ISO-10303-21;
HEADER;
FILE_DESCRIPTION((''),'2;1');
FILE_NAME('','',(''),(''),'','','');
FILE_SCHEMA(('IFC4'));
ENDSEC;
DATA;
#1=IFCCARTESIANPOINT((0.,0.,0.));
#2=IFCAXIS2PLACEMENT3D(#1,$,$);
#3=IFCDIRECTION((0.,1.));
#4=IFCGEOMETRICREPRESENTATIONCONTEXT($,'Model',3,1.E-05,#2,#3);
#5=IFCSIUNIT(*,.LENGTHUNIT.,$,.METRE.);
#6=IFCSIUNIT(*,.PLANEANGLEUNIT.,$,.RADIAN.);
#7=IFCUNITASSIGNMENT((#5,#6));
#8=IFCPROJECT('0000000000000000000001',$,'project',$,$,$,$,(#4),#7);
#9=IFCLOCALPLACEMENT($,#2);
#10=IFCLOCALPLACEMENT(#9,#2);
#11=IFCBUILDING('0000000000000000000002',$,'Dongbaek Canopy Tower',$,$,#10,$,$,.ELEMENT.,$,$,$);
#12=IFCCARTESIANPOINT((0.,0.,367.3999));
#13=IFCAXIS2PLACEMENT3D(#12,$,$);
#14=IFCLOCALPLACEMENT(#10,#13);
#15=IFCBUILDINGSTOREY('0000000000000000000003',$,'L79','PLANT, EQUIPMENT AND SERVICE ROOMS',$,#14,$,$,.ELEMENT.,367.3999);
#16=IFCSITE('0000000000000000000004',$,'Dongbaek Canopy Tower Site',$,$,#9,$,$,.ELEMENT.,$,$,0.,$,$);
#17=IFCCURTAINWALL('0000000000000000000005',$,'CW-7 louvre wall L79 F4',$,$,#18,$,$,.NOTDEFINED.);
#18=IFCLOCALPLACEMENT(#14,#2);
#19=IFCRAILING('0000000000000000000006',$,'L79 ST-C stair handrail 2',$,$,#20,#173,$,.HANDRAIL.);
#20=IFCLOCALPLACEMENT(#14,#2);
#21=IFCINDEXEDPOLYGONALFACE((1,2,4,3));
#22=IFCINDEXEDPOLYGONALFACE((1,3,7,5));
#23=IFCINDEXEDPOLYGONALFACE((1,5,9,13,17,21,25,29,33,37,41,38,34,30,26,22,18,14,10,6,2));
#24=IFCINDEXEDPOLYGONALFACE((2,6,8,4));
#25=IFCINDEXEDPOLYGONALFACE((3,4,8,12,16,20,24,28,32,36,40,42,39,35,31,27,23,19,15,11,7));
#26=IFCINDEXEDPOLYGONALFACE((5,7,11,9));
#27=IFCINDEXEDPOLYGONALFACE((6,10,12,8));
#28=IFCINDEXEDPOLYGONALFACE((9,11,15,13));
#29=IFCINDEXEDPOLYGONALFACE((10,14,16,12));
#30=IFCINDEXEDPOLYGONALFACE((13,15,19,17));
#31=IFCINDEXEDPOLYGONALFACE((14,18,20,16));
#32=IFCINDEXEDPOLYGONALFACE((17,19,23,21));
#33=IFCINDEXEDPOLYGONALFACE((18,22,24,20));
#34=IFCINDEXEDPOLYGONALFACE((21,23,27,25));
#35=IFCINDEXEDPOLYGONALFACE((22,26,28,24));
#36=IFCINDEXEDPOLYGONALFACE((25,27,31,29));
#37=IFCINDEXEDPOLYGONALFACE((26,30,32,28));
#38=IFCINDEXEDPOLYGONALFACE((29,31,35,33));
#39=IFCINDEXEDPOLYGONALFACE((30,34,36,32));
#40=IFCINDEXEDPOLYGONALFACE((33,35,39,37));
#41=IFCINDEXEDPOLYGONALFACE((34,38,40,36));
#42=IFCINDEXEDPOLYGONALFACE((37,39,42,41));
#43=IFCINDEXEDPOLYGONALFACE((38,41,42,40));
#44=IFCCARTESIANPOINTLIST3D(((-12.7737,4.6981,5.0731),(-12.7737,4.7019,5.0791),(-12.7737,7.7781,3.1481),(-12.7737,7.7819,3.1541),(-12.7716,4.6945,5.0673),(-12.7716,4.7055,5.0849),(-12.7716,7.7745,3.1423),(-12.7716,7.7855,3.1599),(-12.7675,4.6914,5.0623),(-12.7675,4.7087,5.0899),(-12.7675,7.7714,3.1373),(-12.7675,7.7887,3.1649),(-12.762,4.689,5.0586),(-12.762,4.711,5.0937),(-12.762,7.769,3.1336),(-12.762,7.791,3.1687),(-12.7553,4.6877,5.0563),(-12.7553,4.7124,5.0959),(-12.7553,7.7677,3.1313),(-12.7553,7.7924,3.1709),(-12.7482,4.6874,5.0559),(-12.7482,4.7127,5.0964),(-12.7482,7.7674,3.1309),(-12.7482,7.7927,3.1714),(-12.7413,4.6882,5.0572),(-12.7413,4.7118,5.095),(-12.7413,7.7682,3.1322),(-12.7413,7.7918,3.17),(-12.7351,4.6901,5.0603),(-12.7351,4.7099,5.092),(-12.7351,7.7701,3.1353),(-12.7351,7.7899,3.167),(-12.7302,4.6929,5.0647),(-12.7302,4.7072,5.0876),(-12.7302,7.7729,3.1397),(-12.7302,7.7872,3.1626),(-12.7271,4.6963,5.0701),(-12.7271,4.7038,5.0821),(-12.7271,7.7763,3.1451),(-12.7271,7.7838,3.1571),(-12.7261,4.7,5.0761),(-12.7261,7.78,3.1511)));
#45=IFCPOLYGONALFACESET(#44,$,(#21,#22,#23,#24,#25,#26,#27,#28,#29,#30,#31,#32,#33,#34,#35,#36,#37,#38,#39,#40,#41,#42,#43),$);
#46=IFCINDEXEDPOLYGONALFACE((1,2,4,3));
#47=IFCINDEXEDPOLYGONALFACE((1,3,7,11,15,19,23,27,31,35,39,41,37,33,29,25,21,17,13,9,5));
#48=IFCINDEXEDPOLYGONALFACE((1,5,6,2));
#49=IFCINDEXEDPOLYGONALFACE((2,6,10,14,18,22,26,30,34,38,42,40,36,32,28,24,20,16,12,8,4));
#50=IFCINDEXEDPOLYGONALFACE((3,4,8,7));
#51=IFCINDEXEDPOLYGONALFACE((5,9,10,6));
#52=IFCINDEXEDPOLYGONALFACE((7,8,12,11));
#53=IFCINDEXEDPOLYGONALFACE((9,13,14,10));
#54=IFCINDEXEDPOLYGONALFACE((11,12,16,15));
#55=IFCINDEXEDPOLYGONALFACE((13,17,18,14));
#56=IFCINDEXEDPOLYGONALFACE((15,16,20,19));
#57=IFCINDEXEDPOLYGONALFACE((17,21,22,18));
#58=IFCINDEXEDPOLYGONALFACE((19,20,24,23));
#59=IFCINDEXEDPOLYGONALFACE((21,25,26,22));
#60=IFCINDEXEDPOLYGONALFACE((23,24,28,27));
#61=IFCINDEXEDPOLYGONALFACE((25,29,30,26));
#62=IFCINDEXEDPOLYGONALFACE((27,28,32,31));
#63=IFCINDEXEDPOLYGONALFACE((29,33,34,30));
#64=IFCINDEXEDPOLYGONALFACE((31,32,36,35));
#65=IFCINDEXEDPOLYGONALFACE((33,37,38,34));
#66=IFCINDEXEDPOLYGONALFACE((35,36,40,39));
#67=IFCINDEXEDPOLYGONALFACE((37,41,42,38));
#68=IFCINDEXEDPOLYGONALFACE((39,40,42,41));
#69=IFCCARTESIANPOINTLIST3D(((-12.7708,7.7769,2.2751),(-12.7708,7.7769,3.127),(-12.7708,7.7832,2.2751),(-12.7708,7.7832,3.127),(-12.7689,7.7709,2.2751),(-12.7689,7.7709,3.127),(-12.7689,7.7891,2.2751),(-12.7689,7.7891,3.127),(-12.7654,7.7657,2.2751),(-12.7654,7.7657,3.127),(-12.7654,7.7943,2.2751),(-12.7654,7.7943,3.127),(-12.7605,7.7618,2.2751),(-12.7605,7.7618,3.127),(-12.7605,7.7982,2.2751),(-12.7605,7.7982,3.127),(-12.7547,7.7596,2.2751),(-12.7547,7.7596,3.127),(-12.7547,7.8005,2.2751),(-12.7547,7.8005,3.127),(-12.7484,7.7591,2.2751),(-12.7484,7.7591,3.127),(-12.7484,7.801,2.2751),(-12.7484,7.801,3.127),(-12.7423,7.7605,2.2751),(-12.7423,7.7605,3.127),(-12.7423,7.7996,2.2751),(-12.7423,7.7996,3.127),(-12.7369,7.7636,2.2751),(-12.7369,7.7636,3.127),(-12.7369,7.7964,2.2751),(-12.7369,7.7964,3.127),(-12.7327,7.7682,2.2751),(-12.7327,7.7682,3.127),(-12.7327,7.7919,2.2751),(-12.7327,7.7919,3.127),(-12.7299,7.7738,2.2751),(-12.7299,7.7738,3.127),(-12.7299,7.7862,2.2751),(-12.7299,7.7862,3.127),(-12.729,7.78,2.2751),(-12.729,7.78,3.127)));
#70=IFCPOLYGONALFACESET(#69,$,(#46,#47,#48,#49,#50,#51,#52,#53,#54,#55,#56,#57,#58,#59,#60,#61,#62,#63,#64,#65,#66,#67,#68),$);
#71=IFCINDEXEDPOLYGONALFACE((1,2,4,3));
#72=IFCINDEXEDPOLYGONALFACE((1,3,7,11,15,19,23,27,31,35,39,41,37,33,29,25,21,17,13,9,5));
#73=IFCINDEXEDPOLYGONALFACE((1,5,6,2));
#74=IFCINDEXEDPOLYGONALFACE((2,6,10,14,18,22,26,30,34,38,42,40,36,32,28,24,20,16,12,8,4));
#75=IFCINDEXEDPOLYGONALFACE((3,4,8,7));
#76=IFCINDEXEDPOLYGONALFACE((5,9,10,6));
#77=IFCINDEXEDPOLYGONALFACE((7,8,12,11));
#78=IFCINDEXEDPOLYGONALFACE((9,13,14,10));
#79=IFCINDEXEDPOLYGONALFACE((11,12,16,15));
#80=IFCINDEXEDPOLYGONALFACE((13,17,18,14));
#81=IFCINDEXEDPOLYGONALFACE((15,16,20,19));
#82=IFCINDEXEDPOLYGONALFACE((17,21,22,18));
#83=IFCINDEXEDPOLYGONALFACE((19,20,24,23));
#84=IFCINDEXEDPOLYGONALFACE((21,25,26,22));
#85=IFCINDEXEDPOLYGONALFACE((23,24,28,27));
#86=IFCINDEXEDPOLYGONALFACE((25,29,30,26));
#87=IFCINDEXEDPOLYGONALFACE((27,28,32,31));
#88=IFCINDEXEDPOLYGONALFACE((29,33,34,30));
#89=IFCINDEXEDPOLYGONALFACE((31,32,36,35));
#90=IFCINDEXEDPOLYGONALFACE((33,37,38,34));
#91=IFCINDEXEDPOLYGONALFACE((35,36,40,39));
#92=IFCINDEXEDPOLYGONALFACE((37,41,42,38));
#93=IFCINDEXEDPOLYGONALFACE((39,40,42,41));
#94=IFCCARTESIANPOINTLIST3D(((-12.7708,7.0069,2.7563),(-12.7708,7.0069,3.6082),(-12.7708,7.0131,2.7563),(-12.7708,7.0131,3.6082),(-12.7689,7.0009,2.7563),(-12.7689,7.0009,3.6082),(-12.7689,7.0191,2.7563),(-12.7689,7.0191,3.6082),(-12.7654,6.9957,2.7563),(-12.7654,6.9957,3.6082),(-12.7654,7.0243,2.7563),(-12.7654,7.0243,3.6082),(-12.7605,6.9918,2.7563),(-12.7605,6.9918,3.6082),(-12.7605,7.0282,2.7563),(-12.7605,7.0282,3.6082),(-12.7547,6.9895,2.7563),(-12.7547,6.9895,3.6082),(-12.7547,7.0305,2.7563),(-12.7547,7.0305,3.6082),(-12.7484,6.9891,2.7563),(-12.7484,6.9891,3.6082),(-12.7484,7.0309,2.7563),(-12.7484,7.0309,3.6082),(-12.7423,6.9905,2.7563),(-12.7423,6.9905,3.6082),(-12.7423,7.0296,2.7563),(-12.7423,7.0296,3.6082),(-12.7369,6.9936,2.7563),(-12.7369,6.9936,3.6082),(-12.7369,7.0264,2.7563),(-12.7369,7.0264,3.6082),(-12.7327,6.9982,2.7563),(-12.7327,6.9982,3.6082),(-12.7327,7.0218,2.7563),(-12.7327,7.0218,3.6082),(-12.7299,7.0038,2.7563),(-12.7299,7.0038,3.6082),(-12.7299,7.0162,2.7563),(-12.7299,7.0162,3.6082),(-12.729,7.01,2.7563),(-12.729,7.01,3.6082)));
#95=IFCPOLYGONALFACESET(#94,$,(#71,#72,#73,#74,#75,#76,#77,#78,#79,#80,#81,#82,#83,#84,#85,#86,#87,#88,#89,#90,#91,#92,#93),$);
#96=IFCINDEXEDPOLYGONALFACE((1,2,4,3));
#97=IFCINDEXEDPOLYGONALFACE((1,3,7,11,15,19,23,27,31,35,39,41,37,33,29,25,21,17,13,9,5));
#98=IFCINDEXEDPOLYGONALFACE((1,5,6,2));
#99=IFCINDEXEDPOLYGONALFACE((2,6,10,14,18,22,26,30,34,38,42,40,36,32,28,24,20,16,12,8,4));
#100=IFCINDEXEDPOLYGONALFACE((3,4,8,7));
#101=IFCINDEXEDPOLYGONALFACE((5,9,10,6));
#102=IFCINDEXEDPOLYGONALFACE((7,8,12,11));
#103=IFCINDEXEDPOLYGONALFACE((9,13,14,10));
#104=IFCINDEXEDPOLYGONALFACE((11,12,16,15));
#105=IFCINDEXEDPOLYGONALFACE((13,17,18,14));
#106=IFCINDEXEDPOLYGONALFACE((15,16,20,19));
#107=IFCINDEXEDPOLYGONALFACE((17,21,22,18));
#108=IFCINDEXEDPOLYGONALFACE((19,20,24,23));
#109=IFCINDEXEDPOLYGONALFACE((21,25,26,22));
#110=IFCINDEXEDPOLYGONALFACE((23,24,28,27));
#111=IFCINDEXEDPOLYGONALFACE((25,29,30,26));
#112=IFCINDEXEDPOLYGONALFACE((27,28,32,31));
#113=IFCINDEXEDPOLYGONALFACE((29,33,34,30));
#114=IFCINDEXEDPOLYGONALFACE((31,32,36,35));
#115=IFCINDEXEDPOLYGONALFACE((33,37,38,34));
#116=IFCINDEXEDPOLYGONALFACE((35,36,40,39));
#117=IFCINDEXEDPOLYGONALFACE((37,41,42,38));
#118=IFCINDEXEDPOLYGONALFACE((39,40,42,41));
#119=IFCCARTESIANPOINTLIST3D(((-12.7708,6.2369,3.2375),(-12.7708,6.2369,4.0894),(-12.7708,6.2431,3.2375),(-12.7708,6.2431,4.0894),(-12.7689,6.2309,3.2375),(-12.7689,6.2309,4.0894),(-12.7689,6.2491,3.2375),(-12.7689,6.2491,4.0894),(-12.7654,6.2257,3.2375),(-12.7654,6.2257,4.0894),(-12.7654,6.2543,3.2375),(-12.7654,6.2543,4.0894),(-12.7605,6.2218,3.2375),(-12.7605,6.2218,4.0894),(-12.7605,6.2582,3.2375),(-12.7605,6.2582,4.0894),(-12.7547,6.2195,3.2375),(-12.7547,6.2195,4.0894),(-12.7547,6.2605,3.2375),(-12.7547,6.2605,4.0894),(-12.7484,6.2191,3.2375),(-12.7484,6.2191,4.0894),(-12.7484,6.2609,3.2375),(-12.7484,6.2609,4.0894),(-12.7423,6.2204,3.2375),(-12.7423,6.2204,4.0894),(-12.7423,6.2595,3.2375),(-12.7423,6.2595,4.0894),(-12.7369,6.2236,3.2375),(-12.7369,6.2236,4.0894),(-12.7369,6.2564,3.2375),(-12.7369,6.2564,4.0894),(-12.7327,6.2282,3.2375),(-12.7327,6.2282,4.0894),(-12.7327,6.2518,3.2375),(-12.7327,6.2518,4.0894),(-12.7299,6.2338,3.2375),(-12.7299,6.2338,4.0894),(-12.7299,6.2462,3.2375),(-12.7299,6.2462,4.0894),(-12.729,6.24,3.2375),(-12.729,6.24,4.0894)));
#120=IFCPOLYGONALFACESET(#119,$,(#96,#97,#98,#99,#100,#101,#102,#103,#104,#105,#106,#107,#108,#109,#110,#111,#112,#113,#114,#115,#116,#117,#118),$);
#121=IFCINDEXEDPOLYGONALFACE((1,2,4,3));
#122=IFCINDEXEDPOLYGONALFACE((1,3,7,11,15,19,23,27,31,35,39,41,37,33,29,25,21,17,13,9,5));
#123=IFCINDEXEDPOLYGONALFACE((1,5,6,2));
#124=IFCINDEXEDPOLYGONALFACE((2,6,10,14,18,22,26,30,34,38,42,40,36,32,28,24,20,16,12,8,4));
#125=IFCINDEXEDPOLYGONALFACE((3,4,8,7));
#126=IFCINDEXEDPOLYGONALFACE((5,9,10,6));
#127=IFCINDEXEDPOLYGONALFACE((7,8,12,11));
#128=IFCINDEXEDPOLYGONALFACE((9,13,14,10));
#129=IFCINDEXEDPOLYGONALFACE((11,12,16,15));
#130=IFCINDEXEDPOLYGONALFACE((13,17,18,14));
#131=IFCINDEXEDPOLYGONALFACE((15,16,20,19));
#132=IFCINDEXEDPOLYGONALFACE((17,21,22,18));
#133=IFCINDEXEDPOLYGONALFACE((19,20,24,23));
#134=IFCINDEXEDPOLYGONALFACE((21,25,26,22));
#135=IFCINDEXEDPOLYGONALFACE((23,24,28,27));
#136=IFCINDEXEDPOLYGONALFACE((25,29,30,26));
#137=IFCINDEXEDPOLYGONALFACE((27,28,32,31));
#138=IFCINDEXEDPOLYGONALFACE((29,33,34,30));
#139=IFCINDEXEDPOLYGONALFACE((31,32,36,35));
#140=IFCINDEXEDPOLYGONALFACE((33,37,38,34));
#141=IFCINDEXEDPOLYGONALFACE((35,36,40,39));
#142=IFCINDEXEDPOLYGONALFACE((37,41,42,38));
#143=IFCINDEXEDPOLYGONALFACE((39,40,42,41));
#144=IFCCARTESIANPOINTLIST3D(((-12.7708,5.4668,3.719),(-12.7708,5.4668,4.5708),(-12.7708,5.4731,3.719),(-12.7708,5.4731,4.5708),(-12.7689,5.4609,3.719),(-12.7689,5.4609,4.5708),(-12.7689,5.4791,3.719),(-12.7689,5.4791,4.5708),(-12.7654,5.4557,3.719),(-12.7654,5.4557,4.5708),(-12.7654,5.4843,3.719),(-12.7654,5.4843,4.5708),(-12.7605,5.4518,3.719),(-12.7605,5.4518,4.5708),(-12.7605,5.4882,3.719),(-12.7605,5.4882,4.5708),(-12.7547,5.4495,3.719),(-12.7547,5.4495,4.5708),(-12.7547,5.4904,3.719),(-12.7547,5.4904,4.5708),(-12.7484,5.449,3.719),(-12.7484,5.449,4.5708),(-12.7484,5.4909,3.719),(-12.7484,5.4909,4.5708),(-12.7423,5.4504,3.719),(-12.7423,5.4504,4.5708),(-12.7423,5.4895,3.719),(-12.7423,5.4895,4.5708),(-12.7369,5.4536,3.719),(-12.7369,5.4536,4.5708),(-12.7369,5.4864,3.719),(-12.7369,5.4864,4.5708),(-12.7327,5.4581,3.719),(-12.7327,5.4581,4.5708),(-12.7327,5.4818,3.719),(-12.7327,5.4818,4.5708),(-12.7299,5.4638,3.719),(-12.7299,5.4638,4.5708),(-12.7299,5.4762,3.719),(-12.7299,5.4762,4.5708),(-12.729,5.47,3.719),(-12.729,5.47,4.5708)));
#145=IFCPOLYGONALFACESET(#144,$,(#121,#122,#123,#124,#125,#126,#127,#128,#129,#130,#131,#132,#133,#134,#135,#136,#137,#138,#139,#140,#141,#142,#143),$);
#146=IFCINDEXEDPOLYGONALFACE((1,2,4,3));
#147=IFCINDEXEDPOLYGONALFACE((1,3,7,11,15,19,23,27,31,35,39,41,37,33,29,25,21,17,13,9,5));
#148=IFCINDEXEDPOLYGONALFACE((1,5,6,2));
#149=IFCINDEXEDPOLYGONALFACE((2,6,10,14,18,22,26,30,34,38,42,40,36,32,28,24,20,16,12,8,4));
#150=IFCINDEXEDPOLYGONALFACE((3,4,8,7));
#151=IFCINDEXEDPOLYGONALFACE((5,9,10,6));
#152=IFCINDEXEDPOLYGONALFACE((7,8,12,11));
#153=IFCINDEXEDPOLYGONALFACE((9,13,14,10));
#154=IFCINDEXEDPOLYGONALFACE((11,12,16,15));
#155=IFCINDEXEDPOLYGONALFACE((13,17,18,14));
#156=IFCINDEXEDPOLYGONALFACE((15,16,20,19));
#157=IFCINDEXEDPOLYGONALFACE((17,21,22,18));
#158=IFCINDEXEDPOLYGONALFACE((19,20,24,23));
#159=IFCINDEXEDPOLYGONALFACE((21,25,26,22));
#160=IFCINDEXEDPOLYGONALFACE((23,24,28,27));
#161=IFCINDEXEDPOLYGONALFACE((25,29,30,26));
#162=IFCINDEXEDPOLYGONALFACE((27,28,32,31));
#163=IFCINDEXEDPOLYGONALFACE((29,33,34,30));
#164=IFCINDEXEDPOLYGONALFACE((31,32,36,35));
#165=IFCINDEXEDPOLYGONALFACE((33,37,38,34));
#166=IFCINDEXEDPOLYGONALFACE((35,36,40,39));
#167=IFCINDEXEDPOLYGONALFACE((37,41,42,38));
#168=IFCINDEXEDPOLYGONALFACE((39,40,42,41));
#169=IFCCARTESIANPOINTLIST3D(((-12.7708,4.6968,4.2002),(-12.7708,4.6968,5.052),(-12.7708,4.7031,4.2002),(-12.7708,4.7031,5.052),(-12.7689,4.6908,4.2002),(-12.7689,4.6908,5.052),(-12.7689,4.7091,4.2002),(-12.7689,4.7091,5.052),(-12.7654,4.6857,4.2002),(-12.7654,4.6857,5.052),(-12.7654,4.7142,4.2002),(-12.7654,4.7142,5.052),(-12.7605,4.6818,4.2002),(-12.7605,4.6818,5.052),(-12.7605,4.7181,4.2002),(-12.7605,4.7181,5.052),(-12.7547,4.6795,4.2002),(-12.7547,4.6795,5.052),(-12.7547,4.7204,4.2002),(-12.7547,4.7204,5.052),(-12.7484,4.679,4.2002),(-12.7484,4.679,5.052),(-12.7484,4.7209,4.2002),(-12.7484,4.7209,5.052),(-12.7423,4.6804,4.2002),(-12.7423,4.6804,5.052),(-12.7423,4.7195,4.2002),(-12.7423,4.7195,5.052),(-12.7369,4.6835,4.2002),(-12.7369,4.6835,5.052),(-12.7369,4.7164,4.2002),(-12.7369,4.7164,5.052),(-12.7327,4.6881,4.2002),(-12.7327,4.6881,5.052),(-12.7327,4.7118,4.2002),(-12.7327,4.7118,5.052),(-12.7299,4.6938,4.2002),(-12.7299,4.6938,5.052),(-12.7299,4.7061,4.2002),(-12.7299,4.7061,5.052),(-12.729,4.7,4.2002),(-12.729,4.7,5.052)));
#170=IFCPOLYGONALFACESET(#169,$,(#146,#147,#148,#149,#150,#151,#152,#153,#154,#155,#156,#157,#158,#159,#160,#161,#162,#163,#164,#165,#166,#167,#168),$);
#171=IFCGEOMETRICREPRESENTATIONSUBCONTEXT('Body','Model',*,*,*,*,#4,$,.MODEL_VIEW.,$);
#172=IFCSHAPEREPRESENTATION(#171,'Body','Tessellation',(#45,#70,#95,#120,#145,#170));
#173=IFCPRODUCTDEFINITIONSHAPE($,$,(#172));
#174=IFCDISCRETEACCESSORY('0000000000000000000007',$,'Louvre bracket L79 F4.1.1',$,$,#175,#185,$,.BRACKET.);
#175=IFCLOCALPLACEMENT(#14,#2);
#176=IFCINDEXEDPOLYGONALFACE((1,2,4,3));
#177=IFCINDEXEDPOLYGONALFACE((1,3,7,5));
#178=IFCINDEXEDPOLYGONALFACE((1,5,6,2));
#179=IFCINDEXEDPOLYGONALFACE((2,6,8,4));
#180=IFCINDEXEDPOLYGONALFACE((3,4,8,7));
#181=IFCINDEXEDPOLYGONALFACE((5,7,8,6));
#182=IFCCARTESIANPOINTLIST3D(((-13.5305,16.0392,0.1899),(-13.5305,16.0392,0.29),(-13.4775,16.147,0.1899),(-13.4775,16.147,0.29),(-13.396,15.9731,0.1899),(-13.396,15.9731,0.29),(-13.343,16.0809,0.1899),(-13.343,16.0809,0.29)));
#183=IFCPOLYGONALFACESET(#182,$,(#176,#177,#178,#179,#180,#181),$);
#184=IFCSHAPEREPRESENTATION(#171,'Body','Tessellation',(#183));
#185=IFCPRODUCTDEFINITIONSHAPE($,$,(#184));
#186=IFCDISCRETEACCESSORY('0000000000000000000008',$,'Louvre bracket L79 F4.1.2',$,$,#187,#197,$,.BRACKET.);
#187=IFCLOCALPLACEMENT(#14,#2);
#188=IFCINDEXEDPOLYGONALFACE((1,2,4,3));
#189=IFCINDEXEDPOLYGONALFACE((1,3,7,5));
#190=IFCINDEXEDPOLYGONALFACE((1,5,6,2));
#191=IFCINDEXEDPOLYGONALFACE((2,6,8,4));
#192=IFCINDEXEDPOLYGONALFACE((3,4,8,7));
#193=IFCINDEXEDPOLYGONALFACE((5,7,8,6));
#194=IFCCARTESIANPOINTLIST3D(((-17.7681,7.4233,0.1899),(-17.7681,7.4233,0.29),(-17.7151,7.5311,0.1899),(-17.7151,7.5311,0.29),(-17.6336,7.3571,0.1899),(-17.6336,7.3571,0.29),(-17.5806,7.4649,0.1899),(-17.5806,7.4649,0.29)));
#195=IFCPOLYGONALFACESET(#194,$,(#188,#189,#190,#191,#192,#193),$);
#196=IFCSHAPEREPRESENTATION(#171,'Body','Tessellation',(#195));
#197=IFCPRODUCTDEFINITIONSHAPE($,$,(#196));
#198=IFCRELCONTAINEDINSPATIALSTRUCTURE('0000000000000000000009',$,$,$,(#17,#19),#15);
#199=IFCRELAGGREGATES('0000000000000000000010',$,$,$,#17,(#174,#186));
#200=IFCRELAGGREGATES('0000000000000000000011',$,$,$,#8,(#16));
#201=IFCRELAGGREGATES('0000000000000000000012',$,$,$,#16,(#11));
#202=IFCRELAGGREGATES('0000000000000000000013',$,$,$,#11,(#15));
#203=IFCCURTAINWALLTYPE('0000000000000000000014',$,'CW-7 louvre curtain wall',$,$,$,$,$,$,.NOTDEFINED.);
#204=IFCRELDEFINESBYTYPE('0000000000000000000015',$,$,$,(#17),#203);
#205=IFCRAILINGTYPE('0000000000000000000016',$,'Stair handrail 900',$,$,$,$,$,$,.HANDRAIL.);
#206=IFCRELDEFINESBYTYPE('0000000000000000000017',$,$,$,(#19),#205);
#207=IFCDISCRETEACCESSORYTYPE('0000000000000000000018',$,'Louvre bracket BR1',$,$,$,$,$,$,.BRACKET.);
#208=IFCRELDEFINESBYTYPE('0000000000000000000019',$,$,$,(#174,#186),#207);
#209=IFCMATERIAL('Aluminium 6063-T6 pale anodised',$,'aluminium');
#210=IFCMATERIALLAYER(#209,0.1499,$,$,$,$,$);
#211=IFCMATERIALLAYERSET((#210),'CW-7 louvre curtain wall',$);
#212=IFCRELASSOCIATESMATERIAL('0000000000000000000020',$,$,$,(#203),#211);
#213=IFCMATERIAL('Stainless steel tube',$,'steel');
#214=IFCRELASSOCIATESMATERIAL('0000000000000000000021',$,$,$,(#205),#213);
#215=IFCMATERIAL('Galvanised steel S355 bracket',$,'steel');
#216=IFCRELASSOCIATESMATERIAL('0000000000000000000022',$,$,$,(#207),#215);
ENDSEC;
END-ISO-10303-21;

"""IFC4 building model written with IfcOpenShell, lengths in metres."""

from ifc_helpers import new_model, si_unit, direction, frame, origin, origin_2d, place, context, subcontext, project, spatial, rectangle, circle, extrude, material, layer, layer_set, type_object, element, aggregate, save


model = new_model("IFC4")

# Units and contexts
model_context = context("Model", 3, precision=1e-05, world=origin(), true_north=direction((0.0, 1.0)))
body_context = subcontext(model_context, "Body", "Model", "MODEL_VIEW")
ifc_project = project(units=[si_unit("LENGTHUNIT", "METRE"), si_unit("PLANEANGLEUNIT", "RADIAN")], contexts=[model_context])

# Site, building, storey
site_placement = place(None, origin())
site = spatial("IfcSite", under=ifc_project, at=site_placement, Name="Dongbaek Canopy Tower Site", CompositionType="ELEMENT", RefElevation=0.0)
building_placement = place(site_placement, origin())
building = spatial("IfcBuilding", under=site, at=building_placement, Name="Dongbaek Canopy Tower", CompositionType="ELEMENT")
storey_placement = place(building_placement, frame((0.0, 0.0, 367.3999)))
storey = spatial("IfcBuildingStorey", under=building, at=storey_placement, Name="L79", Description="PLANT, EQUIPMENT AND SERVICE ROOMS", CompositionType="ELEMENT", Elevation=367.3999)

# Shared definitions
ifc_material_1 = material(Name="Aluminium 6063-T6 pale anodised", Category="aluminium")
ifc_layer_1 = layer(ifc_material_1, 0.1499)
ifc_layer_set_1 = layer_set([ifc_layer_1], Name="CW-7 louvre curtain wall")
curtain_wall_type = type_object("IfcCurtainWallType", Name="CW-7 louvre curtain wall", PredefinedType="NOTDEFINED", material=ifc_layer_set_1)

# Curtain wall
curtain_wall_1_placement = place(storey_placement, origin())
curtain_wall_1 = element("IfcCurtainWall", 1, at=curtain_wall_1_placement, inside=storey, type_object=curtain_wall_type, Name="CW-7 louvre wall L79 F4", PredefinedType="NOTDEFINED")

# Railing
ifc_material_2 = material(Name="Stainless steel tube", Category="steel")
railing_type_1 = type_object("IfcRailingType", Name="Stair handrail 900", PredefinedType="HANDRAIL", material=ifc_material_2)
railing_1_placement = place(storey_placement, frame((-12.75, 7.78, 2.2751)))
element("IfcRailing", 2, at=railing_1_placement, inside=storey, type_object=railing_type_1, Name="L79 ST-C stair handrail 2", PredefinedType="HANDRAIL", context=body_context, shape_type="SweptSolid", body=[
    extrude(circle(Radius=0.0239, at=origin_2d()), frame((0.0, 0.0, 0.876), z_axis=(0.0, -0.847998, 0.529999), x_axis=(1.0, 0.0, 0.0)), (0.0, 0.0, 1.0), 3.6321),
    extrude(circle(Radius=0.021, at=origin_2d()), origin(), (0.0, 0.0, 1.0), 0.8518),
    extrude(circle(Radius=0.021, at=origin_2d()), frame((0.0, -0.77, 0.4812)), (0.0, 0.0, 1.0), 0.8518),
    extrude(circle(Radius=0.021, at=origin_2d()), frame((0.0, -1.54, 0.9624)), (0.0, 0.0, 1.0), 0.8518),
    extrude(circle(Radius=0.021, at=origin_2d()), frame((0.0, -2.3101, 1.4438)), (0.0, 0.0, 1.0), 0.8518),
    extrude(circle(Radius=0.021, at=origin_2d()), frame((0.0, -3.0801, 1.925)), (0.0, 0.0, 1.0), 0.8518),
])

# Discrete accessories
ifc_material_3 = material(Name="Galvanised steel S355 bracket", Category="steel")
discrete_accessory_type = type_object("IfcDiscreteAccessoryType", Name="Louvre bracket BR1", PredefinedType="BRACKET", material=ifc_material_3)
discrete_accessory_1_placement = place(storey_placement, frame((-13.4368, 16.0601, 0.1899), z_axis=(0.0, 0.0, 1.0), x_axis=(-0.441342, -0.897339, 0.0)))
discrete_accessory_1 = element("IfcDiscreteAccessory", 3, at=discrete_accessory_1_placement, type_object=discrete_accessory_type, Name="Louvre bracket L79 F4.1.1", PredefinedType="BRACKET", context=body_context, shape_type="SweptSolid", body=[
    extrude(rectangle(XDim=0.1201, YDim=0.1499, at=origin_2d()), origin(), (0.0, 0.0, 1.0), 0.1001),
])
discrete_accessory_2_placement = place(storey_placement, frame((-17.6743, 7.4441, 0.1899), z_axis=(0.0, 0.0, 1.0), x_axis=(-0.441342, -0.897339, 0.0)))
discrete_accessory_2 = element("IfcDiscreteAccessory", 4, at=discrete_accessory_2_placement, type_object=discrete_accessory_type, Name="Louvre bracket L79 F4.1.2", PredefinedType="BRACKET", context=body_context, shape_type="SweptSolid", body=[
    extrude(rectangle(XDim=0.1201, YDim=0.1499, at=origin_2d()), origin(), (0.0, 0.0, 1.0), 0.1001),
])
aggregate(curtain_wall_1, [discrete_accessory_1, discrete_accessory_2])

save(model, "model.ifc")
